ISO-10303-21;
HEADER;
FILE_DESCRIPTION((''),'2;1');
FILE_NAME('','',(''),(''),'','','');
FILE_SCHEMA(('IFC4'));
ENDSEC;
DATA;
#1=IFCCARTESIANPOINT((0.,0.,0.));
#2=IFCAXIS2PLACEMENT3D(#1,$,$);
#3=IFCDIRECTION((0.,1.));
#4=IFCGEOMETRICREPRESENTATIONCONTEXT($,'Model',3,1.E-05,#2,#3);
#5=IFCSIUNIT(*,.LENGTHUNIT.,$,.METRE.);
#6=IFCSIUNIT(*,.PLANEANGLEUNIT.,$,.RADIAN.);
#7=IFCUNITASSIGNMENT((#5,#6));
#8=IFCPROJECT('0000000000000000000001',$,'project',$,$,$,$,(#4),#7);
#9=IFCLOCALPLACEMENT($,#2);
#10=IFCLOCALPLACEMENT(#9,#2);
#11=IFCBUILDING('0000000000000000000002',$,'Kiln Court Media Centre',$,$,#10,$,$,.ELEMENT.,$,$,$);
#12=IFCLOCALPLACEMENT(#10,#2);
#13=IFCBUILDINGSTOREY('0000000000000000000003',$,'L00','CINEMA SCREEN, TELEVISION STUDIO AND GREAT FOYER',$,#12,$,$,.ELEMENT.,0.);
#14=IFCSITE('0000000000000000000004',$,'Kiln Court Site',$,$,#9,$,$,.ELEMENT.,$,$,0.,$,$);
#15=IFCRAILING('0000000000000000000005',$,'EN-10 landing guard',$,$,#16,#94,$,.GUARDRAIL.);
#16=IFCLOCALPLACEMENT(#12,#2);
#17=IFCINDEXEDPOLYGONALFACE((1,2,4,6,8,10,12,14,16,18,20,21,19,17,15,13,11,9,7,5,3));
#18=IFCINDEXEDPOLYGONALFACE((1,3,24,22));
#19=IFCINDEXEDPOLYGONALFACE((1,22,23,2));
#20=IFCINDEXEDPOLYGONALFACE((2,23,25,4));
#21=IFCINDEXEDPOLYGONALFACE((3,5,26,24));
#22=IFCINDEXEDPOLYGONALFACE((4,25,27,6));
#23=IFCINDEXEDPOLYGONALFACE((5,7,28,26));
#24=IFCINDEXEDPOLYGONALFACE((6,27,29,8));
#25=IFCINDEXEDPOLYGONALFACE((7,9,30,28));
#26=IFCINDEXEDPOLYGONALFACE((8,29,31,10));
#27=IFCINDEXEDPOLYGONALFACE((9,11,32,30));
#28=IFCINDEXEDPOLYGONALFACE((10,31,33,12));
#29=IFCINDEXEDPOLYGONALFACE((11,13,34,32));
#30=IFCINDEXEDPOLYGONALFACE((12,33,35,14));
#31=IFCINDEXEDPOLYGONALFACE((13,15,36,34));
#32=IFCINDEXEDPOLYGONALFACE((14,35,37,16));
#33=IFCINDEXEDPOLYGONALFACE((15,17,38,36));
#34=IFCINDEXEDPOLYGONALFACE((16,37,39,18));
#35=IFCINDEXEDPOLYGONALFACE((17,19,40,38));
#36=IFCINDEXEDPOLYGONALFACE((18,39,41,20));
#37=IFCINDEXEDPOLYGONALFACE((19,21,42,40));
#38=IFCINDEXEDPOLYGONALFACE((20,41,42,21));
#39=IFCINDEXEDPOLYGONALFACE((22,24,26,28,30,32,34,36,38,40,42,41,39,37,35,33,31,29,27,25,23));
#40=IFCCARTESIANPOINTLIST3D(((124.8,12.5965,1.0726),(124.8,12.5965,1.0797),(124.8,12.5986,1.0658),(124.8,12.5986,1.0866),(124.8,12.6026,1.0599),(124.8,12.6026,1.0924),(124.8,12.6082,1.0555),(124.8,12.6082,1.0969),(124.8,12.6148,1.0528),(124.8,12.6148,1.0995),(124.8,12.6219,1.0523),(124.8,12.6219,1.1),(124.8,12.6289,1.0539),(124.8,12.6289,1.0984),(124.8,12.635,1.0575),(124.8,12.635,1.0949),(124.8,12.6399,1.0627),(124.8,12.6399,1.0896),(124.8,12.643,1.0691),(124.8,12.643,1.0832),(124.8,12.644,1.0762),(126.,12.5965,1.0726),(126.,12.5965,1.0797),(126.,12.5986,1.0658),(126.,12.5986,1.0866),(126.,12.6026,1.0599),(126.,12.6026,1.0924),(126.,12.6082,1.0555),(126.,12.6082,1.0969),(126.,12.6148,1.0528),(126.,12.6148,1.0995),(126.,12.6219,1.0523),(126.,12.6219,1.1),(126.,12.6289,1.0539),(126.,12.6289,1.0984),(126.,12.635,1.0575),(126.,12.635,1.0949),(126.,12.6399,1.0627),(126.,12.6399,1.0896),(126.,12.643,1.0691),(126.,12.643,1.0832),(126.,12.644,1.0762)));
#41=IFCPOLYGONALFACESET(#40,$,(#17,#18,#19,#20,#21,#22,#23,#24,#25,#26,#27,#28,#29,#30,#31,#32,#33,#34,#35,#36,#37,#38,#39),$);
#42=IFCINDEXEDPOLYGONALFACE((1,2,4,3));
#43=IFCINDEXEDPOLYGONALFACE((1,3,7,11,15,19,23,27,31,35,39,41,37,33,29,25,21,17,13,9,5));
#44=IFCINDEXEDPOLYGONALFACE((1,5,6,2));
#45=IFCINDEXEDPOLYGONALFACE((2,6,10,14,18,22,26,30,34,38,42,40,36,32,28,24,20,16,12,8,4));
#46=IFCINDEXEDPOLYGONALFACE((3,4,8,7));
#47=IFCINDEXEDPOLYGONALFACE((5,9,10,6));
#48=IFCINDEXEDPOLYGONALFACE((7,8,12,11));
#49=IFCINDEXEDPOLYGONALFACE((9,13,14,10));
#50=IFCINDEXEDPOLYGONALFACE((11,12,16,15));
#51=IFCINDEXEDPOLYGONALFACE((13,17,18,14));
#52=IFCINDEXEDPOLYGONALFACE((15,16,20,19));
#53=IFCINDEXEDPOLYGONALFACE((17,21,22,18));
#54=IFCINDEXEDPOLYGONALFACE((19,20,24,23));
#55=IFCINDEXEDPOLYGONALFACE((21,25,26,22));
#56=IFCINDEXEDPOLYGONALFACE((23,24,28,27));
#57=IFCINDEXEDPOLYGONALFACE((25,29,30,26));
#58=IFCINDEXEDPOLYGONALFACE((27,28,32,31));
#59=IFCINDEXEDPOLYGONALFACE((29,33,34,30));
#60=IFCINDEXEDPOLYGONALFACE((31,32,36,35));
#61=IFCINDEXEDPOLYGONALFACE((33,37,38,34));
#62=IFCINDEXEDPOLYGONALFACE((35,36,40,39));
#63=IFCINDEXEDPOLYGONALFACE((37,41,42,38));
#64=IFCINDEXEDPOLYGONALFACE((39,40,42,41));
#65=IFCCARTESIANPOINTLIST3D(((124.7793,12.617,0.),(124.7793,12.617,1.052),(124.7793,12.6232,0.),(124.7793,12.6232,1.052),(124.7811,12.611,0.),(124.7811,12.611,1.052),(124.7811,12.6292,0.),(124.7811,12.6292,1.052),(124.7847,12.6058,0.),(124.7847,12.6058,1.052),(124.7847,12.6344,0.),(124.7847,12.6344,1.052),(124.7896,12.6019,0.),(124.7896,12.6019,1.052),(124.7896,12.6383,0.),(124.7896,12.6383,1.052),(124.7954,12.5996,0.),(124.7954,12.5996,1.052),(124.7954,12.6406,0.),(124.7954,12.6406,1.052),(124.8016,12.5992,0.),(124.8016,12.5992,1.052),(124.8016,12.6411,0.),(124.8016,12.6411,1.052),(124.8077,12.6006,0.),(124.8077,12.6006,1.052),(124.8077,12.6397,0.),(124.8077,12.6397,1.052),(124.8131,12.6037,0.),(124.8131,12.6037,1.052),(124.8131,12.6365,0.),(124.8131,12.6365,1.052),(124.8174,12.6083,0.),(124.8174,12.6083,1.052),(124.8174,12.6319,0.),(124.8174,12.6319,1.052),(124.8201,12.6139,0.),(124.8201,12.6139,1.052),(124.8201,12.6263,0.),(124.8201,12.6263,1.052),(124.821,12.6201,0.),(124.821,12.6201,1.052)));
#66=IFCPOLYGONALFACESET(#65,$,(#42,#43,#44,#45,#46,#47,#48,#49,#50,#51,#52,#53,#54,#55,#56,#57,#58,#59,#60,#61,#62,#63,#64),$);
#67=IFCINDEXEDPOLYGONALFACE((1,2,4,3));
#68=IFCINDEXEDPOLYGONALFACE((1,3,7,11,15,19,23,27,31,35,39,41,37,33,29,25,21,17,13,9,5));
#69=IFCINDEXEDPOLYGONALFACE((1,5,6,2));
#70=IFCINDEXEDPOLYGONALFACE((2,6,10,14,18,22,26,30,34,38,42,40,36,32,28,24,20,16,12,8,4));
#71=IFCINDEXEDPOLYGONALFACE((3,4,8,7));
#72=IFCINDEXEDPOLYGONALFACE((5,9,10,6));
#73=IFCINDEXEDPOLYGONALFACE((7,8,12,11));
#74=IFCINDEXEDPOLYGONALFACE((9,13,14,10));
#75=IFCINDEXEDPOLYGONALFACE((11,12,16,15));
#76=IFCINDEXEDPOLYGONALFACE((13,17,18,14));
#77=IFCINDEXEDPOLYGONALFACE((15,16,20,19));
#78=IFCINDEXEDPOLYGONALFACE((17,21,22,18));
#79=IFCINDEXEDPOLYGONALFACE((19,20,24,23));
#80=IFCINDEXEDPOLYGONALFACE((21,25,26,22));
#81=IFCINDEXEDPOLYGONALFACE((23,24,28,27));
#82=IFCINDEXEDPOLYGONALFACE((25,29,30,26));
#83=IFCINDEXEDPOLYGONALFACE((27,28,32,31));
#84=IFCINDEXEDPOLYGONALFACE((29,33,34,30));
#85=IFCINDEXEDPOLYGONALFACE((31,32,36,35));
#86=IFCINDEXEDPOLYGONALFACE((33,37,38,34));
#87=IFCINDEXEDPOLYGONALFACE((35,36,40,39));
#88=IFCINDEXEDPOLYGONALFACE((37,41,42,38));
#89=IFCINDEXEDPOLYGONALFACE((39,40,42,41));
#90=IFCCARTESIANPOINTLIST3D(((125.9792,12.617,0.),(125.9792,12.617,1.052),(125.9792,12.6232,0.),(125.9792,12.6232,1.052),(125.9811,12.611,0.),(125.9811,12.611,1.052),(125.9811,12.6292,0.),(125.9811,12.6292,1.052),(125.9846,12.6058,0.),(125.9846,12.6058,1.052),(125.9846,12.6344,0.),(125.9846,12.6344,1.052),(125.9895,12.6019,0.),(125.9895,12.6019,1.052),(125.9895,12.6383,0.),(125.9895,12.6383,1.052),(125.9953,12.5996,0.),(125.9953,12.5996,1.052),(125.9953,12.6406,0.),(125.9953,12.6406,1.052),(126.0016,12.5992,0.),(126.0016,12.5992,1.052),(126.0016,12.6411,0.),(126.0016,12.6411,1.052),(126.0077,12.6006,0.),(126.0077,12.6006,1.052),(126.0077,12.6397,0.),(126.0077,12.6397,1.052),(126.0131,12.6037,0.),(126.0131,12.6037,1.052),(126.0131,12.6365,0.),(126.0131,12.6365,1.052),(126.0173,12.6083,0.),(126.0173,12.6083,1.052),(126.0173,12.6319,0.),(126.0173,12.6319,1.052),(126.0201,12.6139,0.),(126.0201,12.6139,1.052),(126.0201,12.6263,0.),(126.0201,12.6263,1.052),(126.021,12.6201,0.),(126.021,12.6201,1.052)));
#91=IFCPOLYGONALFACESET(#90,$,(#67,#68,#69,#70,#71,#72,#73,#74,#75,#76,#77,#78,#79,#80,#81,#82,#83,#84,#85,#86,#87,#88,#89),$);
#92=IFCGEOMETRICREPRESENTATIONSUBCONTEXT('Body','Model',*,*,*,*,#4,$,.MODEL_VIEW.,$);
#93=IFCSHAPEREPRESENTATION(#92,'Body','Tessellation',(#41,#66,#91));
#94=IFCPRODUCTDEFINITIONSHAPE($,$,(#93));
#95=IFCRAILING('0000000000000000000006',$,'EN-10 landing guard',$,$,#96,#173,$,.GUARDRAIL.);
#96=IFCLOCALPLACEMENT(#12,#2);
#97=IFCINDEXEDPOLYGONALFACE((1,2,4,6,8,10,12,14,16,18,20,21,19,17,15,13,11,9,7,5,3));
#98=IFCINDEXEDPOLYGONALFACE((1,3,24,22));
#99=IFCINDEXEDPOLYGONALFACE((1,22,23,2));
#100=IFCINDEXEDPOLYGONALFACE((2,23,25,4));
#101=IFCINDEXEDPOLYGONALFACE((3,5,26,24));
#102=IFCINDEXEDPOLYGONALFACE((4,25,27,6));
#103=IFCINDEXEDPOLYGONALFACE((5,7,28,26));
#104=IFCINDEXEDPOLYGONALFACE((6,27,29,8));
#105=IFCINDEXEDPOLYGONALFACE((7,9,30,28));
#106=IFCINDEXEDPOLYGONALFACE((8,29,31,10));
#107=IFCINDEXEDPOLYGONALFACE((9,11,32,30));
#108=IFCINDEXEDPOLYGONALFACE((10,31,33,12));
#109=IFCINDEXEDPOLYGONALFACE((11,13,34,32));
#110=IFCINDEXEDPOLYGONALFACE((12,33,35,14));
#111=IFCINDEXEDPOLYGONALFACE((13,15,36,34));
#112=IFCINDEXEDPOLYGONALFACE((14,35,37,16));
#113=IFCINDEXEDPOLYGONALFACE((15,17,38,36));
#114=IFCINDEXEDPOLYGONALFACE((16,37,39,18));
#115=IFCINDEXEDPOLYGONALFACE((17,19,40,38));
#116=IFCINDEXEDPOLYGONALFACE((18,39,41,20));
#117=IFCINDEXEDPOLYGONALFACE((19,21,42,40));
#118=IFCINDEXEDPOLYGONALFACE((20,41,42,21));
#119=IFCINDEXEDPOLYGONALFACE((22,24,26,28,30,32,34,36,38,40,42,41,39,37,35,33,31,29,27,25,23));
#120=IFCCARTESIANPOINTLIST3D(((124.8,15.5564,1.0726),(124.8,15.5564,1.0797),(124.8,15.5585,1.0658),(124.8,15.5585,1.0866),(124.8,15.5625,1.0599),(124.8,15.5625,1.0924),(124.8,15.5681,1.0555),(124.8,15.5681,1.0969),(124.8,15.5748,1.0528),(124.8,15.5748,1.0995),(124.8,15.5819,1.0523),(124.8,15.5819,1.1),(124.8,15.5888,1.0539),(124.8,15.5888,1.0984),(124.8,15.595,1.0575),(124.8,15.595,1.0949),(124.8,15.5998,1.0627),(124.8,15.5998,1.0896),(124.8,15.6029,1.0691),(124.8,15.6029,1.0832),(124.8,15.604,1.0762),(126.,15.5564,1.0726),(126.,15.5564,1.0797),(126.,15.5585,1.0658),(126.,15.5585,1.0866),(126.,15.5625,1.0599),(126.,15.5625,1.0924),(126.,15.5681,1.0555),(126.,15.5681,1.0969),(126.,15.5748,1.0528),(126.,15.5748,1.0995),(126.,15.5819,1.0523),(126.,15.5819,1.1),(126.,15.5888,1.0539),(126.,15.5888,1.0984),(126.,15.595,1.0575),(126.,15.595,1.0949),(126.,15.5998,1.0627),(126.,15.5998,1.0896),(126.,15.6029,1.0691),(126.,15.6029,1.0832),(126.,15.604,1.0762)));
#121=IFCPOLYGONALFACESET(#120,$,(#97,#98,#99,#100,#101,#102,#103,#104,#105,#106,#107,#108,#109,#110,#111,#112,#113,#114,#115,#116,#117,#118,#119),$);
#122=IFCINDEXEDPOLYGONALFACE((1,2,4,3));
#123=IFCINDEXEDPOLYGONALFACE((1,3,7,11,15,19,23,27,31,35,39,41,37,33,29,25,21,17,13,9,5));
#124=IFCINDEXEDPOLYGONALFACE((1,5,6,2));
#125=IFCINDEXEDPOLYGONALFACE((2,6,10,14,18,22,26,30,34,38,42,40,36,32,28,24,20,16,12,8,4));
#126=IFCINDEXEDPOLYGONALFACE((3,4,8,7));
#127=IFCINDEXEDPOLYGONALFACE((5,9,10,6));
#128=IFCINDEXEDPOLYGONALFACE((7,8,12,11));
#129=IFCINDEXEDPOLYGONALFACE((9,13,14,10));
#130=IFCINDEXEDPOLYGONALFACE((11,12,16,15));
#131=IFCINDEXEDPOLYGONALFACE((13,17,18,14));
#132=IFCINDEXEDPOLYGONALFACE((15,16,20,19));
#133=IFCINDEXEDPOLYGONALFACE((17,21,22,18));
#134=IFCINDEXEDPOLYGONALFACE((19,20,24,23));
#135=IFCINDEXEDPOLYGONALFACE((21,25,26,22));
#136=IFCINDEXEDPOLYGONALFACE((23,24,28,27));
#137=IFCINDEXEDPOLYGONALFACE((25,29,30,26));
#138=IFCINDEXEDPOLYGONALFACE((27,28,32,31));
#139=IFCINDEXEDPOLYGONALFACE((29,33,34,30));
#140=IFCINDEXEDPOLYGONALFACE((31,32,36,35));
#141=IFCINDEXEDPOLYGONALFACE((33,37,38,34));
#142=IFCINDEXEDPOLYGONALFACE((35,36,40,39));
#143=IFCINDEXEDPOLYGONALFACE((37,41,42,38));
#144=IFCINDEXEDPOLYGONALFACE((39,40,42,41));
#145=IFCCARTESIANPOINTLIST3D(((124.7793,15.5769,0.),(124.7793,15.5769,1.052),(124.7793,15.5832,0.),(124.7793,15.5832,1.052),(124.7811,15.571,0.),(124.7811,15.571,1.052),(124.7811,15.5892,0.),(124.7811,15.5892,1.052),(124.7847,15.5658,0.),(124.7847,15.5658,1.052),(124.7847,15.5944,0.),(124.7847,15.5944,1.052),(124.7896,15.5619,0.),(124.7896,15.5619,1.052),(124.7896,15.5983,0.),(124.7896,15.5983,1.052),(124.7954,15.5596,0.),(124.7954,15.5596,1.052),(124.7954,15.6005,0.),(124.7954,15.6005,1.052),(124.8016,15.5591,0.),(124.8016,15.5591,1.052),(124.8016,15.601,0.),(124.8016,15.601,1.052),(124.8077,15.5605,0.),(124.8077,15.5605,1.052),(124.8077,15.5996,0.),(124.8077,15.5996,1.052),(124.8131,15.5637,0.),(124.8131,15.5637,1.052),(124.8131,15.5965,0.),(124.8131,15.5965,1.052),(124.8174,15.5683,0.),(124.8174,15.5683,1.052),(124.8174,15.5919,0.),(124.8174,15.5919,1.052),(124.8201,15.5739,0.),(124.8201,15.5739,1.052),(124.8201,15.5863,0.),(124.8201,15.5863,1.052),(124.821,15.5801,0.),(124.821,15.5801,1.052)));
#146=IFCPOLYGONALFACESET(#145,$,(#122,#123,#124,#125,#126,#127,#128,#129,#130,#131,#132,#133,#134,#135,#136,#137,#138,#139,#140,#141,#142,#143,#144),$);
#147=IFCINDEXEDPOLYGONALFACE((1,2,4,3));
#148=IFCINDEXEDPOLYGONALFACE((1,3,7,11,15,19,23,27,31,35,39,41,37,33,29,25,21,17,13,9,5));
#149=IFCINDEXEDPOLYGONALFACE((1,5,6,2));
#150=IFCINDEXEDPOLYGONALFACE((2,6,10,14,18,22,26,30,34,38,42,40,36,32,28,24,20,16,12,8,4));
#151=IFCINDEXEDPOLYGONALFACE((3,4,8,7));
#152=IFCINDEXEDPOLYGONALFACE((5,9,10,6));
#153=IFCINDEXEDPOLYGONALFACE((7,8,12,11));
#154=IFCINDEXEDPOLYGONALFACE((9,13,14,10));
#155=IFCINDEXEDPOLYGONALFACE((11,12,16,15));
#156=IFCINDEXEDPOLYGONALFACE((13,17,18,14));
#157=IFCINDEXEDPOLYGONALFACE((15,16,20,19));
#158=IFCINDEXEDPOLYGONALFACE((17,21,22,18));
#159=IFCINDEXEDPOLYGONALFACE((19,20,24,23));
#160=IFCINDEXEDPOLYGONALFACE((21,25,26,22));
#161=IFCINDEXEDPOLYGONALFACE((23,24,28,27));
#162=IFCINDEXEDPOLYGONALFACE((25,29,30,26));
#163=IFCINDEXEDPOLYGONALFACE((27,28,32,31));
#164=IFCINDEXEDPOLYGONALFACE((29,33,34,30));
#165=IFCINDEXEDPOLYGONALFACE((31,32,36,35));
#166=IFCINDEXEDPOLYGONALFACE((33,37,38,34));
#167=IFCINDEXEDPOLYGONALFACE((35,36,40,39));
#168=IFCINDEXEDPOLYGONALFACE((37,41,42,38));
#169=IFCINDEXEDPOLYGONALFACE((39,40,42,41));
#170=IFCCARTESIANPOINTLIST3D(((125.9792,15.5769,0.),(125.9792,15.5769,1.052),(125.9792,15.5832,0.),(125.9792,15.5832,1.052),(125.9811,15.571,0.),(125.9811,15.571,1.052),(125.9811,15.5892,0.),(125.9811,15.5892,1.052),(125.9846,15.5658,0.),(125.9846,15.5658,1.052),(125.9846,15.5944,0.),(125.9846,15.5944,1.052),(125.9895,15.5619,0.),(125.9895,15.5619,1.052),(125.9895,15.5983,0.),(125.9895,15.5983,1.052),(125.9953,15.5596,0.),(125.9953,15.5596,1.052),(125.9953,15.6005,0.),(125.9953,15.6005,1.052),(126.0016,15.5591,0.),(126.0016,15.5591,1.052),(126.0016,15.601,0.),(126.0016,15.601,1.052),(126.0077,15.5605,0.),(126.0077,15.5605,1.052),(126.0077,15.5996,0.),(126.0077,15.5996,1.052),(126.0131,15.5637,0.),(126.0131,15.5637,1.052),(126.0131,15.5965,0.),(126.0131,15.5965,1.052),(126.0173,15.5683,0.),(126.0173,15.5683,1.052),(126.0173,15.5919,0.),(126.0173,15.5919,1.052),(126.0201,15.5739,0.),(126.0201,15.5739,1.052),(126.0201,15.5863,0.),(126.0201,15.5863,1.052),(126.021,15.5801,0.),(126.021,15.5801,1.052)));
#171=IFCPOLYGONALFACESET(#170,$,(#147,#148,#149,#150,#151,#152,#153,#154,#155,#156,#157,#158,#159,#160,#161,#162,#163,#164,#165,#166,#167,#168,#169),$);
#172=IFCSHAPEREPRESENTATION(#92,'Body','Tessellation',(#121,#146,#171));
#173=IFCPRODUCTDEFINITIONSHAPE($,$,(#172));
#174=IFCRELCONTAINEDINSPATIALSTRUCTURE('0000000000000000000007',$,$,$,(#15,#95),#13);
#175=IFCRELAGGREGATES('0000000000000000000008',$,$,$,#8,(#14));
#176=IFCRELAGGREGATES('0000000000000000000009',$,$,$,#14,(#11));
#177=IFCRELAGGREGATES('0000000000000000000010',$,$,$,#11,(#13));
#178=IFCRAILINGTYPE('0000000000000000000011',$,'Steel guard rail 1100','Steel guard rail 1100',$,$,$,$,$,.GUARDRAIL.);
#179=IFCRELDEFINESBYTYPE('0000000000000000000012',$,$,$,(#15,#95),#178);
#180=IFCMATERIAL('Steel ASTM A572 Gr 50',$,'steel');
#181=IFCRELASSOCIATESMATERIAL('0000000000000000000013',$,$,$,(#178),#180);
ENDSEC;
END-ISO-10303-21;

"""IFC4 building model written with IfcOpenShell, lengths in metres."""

from ifc_helpers import new_model, si_unit, direction, frame, origin, origin_2d, place, context, subcontext, project, spatial, circle, extrude, material, type_object, element, save


model = new_model("IFC4")

# Units and contexts
model_context = context("Model", 3, precision=1e-05, world=origin(), true_north=direction((0.0, 1.0)))
body_context = subcontext(model_context, "Body", "Model", "MODEL_VIEW")
ifc_project = project(units=[si_unit("LENGTHUNIT", "METRE"), si_unit("PLANEANGLEUNIT", "RADIAN")], contexts=[model_context])

# Site, building, storey
site_placement = place(None, origin())
site = spatial("IfcSite", under=ifc_project, at=site_placement, Name="Kiln Court Site", CompositionType="ELEMENT", RefElevation=0.0)
building_placement = place(site_placement, origin())
building = spatial("IfcBuilding", under=site, at=building_placement, Name="Kiln Court Media Centre", CompositionType="ELEMENT")
storey_placement = place(building_placement, origin())
storey = spatial("IfcBuildingStorey", under=building, at=storey_placement, Name="L00", Description="CINEMA SCREEN, TELEVISION STUDIO AND GREAT FOYER", CompositionType="ELEMENT", Elevation=0.0)

# Railings
ifc_material_1 = material(Name="Steel ASTM A572 Gr 50", Category="steel")
railing_type_1 = type_object("IfcRailingType", Name="Steel guard rail 1100", Description="Steel guard rail 1100", PredefinedType="GUARDRAIL", material=ifc_material_1)
for number, where, name in (
    (1, (124.8, 12.6201, 0.0), "EN-10 landing guard"),
    (2, (124.8, 15.5801, 0.0), "EN-10 landing guard"),
):
    element("IfcRailing", number, at=place(storey_placement, frame(where)), inside=storey, type_object=railing_type_1, Name=name, PredefinedType="GUARDRAIL", context=body_context, shape_type="SweptSolid", body=[
        extrude(circle(Radius=0.0239, at=origin_2d()), frame((0.0, 0.0, 1.0762), z_axis=(1.0, 0.0, 0.0), x_axis=(0.0, 1.0, 0.0)), (0.0, 0.0, 1.0), 1.2),
        extrude(circle(Radius=0.021, at=origin_2d()), origin(), (0.0, 0.0, 1.0), 1.052),
        extrude(circle(Radius=0.021, at=origin_2d()), frame((1.2, 0.0, 0.0)), (0.0, 0.0, 1.0), 1.052),
    ])

save(model, "model.ifc")
